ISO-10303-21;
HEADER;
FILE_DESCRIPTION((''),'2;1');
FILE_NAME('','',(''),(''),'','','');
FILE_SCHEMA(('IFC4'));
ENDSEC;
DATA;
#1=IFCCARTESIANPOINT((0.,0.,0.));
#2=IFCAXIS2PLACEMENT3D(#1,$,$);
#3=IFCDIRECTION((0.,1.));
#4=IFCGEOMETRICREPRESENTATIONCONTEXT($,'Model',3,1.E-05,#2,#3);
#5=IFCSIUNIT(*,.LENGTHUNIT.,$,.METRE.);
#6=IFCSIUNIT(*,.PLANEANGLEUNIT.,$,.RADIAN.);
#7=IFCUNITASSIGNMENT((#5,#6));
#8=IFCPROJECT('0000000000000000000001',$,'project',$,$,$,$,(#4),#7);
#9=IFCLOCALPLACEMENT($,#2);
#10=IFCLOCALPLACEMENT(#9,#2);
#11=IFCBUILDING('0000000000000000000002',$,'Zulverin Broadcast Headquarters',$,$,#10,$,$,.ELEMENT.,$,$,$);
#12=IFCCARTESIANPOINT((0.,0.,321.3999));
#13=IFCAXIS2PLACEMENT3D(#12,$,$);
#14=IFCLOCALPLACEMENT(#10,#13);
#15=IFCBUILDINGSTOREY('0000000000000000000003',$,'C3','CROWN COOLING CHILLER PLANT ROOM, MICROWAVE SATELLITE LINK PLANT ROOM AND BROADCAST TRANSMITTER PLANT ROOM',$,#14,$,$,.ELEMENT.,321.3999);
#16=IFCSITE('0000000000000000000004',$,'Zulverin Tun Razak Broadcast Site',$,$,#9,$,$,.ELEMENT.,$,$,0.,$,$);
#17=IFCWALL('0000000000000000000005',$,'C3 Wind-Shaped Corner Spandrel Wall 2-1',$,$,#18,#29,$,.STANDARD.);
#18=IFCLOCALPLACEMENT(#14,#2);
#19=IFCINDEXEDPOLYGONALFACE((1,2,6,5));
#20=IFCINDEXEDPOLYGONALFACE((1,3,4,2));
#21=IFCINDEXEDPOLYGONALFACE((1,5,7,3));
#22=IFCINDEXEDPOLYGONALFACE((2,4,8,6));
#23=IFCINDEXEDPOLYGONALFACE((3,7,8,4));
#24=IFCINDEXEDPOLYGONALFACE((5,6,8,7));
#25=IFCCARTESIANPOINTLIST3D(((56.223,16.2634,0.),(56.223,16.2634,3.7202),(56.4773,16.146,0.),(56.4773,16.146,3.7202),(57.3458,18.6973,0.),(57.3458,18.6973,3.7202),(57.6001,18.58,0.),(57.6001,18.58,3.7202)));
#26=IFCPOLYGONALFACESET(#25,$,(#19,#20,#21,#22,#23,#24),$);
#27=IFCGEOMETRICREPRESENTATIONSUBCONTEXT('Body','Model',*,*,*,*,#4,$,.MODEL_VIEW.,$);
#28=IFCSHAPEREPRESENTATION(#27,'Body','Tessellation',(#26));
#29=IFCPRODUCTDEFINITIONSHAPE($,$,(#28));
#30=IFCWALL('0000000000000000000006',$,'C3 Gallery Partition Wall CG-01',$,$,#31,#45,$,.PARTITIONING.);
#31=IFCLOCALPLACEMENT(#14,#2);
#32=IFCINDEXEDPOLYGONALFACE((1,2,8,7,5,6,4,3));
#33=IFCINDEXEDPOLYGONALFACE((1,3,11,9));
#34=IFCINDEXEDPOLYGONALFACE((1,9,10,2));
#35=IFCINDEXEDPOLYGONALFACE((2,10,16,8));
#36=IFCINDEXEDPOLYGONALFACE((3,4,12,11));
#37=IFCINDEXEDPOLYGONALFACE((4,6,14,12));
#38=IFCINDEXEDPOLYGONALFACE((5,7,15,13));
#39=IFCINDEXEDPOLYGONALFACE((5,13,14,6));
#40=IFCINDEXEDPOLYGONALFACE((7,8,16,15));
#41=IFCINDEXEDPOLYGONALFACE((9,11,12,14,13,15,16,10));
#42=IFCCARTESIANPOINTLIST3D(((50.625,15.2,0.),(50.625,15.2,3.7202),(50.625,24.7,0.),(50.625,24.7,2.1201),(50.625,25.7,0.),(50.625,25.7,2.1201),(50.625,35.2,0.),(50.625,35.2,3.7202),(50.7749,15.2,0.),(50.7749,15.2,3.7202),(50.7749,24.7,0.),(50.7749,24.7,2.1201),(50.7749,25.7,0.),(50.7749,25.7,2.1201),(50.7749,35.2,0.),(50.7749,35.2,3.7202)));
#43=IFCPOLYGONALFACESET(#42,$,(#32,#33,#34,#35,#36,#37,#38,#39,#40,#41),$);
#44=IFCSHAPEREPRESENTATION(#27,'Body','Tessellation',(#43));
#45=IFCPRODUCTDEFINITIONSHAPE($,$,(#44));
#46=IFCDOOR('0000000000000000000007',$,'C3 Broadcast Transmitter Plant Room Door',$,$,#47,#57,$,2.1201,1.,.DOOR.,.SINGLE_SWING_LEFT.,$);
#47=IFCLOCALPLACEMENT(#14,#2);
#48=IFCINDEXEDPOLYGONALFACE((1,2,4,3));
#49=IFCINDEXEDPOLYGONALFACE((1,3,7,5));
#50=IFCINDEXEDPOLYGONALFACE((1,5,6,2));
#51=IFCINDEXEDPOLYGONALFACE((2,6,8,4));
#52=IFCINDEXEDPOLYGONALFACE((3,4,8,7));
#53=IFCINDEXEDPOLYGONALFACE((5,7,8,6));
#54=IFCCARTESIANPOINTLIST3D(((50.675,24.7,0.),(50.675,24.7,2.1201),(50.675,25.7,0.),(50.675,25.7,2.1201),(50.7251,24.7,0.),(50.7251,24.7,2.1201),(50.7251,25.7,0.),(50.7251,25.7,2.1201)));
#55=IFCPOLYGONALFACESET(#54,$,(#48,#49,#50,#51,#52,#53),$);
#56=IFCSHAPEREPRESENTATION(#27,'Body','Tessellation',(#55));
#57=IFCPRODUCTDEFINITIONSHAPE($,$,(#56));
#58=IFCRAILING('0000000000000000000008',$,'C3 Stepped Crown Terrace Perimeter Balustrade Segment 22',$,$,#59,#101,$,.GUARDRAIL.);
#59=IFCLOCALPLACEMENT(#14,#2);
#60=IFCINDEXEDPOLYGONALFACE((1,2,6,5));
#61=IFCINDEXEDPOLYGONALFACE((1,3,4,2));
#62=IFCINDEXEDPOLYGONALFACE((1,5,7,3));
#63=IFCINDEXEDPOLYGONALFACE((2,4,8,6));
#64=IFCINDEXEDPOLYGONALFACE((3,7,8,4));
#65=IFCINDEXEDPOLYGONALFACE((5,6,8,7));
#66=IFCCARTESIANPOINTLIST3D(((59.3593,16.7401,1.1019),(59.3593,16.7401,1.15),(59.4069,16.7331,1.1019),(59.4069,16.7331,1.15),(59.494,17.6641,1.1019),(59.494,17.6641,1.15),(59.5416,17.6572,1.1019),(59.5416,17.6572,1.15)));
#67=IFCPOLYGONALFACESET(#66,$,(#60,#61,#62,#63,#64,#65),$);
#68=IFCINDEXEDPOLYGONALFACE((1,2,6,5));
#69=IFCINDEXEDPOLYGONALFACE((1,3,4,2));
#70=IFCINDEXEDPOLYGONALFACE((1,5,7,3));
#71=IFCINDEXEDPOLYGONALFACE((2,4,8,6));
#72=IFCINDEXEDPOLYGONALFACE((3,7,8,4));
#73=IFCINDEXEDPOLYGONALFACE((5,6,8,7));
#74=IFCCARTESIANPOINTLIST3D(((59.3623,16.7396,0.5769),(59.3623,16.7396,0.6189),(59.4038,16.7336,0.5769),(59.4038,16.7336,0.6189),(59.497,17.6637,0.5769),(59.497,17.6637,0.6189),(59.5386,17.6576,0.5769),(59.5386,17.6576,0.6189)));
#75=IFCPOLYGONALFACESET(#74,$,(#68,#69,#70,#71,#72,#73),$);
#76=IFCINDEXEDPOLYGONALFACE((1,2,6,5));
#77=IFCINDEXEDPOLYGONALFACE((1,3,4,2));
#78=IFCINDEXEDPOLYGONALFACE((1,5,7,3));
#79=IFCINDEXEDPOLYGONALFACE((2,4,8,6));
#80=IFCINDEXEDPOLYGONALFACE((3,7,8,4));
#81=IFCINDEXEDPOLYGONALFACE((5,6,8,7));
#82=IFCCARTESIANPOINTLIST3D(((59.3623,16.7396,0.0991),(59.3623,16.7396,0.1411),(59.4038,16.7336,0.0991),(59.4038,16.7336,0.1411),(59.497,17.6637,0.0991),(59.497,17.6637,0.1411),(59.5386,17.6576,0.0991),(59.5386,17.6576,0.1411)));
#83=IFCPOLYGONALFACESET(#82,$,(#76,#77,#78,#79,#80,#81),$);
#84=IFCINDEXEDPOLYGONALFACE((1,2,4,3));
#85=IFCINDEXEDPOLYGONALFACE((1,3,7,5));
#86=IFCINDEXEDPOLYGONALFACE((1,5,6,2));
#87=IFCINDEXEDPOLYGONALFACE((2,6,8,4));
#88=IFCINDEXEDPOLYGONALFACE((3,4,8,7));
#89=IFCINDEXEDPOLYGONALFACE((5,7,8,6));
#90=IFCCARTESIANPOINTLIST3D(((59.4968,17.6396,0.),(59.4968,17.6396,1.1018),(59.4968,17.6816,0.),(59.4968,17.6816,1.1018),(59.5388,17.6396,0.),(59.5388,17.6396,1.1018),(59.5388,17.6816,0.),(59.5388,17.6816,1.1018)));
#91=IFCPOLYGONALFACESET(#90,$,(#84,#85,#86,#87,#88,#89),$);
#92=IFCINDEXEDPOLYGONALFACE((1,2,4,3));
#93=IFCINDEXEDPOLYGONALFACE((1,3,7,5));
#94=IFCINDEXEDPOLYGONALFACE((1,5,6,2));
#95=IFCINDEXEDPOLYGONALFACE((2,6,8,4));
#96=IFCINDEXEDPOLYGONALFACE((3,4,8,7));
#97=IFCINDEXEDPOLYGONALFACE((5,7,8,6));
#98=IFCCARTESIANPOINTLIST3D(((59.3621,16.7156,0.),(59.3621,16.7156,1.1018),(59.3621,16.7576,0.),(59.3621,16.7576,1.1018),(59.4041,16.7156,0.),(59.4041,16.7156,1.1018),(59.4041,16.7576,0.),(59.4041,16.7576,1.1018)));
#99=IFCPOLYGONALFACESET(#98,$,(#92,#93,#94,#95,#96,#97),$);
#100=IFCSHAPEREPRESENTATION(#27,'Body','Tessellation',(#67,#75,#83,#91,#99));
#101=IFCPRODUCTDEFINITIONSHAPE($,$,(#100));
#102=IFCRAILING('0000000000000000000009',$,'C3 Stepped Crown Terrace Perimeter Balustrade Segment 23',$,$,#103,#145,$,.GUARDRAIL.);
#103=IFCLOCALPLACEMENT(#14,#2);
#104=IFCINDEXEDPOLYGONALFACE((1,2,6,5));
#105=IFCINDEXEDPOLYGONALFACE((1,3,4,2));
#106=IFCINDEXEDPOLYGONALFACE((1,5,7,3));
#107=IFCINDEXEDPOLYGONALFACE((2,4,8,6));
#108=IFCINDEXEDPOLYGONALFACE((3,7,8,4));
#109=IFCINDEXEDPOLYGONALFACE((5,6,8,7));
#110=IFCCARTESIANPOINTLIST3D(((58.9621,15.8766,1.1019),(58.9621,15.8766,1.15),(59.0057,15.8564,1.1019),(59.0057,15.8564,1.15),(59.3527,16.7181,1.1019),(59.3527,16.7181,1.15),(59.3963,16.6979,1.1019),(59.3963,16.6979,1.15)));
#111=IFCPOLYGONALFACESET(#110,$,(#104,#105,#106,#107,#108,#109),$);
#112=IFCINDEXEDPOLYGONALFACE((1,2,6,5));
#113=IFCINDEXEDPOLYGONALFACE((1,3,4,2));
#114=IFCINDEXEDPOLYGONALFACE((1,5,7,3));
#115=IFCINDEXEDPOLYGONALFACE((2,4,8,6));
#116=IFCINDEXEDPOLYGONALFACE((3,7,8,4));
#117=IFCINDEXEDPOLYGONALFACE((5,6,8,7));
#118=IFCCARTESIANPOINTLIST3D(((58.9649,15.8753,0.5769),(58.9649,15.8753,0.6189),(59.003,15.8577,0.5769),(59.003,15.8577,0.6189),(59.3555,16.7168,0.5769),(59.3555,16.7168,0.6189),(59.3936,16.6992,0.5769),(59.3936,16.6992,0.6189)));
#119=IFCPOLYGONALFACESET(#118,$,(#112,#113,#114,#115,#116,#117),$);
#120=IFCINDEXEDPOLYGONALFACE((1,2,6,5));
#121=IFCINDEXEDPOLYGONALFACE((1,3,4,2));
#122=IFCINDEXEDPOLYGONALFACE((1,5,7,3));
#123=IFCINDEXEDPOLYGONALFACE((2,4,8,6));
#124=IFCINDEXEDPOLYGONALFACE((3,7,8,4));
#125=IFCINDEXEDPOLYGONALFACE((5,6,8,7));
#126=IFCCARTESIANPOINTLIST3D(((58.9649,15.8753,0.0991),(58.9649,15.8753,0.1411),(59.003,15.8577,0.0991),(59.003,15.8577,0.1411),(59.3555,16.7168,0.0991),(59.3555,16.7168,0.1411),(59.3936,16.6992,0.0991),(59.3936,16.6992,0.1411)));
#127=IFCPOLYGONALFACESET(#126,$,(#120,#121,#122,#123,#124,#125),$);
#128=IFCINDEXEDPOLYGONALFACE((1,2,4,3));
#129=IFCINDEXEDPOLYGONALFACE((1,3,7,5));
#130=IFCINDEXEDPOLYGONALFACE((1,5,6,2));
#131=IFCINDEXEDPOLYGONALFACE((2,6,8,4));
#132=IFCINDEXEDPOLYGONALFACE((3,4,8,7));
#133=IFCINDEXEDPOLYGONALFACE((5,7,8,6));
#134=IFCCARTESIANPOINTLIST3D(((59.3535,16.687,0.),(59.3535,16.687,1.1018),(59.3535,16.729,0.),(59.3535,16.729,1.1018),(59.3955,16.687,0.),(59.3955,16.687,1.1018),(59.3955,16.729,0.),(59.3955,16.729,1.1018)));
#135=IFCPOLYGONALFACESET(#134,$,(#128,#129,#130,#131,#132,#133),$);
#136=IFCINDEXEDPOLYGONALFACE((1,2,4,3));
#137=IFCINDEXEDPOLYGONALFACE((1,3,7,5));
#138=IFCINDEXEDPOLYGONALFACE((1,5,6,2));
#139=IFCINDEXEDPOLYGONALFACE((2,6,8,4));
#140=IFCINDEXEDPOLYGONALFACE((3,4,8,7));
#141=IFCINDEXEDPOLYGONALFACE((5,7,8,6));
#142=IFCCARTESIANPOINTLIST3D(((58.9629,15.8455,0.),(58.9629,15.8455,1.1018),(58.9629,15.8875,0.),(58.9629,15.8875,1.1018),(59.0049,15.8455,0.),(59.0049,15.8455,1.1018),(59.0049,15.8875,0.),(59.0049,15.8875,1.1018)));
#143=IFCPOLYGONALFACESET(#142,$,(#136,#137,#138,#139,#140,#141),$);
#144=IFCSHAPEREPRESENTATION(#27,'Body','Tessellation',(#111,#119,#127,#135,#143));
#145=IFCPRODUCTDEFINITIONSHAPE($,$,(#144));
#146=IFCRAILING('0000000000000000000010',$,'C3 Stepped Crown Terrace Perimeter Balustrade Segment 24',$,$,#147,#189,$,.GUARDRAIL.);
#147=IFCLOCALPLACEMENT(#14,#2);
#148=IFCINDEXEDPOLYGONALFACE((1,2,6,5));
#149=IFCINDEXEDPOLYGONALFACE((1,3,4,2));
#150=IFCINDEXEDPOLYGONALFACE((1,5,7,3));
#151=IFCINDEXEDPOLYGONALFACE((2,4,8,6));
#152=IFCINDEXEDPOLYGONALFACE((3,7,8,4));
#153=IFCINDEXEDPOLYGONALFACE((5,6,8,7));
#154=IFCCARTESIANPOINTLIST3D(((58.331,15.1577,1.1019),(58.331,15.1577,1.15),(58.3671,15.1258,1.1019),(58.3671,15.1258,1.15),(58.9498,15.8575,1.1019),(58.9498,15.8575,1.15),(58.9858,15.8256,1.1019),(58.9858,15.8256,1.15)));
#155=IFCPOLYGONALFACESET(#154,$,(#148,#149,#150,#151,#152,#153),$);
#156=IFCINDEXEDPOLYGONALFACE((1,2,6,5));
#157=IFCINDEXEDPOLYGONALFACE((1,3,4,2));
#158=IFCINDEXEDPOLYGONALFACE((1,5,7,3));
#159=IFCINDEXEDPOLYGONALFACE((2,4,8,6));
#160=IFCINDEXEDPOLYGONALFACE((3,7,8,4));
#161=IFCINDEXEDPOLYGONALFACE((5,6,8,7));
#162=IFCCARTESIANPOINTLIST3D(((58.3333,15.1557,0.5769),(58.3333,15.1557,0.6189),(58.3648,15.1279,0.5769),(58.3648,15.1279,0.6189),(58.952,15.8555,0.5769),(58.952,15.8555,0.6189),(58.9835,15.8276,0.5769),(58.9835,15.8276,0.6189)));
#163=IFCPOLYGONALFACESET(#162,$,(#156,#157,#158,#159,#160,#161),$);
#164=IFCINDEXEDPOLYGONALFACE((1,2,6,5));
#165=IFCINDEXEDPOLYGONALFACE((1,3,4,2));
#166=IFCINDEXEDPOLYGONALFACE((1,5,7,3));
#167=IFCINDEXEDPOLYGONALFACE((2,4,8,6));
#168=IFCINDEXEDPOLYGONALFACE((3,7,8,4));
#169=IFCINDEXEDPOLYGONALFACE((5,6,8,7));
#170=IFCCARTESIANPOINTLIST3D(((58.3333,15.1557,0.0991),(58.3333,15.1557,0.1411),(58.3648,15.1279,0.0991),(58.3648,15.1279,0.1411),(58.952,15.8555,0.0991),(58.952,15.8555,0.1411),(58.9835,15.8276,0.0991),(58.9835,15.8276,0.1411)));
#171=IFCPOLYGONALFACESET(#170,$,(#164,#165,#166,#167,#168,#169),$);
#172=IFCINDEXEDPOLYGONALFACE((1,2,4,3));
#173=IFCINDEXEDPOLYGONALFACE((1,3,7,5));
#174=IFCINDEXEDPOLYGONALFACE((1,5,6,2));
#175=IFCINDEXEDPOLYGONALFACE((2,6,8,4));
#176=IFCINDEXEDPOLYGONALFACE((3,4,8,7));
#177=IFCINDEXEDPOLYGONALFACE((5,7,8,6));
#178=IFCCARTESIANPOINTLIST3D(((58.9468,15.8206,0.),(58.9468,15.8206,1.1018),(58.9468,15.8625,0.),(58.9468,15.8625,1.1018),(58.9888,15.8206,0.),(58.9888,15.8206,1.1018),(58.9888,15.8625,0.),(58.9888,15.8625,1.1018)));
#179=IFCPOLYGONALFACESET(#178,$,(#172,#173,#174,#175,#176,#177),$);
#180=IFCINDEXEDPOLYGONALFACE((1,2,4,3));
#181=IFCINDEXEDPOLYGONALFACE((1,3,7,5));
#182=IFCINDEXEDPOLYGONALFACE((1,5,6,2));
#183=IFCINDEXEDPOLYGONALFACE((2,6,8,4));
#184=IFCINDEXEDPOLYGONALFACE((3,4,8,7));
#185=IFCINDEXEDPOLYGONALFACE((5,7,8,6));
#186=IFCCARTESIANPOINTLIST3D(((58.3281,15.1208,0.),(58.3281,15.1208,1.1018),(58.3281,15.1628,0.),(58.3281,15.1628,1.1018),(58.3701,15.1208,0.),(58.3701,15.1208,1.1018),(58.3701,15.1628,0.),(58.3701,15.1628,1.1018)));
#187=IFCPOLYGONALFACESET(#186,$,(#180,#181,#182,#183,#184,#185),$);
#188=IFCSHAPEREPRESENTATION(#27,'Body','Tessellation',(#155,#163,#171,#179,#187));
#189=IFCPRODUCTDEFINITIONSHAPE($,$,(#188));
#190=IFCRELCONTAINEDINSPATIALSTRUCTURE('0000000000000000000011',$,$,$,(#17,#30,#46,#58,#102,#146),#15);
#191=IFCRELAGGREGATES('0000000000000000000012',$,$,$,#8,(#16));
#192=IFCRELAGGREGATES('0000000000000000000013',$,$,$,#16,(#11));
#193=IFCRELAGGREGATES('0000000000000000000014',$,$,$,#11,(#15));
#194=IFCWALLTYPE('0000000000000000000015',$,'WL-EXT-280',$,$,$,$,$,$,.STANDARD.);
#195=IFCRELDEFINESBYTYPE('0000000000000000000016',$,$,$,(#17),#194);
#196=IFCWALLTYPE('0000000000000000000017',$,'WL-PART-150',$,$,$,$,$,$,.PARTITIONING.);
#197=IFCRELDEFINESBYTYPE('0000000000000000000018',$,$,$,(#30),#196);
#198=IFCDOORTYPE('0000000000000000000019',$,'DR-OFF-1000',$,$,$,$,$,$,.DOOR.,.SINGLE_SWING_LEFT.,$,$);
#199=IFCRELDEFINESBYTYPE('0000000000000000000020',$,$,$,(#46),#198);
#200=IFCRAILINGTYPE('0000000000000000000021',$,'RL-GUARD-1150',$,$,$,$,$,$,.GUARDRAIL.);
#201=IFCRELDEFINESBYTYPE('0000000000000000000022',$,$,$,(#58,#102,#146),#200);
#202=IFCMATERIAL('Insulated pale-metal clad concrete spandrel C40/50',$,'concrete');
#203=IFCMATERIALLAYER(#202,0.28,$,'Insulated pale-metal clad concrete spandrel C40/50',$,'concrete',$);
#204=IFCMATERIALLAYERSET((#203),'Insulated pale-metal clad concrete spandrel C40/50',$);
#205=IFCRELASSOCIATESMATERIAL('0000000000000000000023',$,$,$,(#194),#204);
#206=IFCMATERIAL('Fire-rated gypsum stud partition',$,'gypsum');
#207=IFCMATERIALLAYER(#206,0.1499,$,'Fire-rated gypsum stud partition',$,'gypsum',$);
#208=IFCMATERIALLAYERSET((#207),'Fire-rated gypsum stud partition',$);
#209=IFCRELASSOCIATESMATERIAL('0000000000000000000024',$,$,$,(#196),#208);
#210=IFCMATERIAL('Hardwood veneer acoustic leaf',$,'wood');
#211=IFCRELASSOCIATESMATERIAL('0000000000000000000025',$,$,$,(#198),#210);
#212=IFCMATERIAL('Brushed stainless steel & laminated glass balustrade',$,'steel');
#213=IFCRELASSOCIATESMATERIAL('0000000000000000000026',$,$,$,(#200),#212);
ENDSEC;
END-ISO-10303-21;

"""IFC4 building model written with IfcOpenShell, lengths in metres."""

from ifc_helpers import new_model, si_unit, direction, frame, frame_2d, origin, origin_2d, place, context, subcontext, project, spatial, rectangle, extrude, material, layer, layer_set, type_object, element, fill, save


model = new_model("IFC4")

# Units and contexts
model_context = context("Model", 3, precision=1e-05, world=origin(), true_north=direction((0.0, 1.0)))
body_context = subcontext(model_context, "Body", "Model", "MODEL_VIEW")
ifc_project = project(units=[si_unit("LENGTHUNIT", "METRE"), si_unit("PLANEANGLEUNIT", "RADIAN")], contexts=[model_context])

# Site, building, storey
site_placement = place(None, origin())
site = spatial("IfcSite", under=ifc_project, at=site_placement, Name="Zulverin Tun Razak Broadcast Site", CompositionType="ELEMENT", RefElevation=0.0)
building_placement = place(site_placement, origin())
building = spatial("IfcBuilding", under=site, at=building_placement, Name="Zulverin Broadcast Headquarters", CompositionType="ELEMENT")
storey_placement = place(building_placement, frame((0.0, 0.0, 321.3999)))
storey = spatial("IfcBuildingStorey", under=building, at=storey_placement, Name="C3", Description="CROWN COOLING CHILLER PLANT ROOM, MICROWAVE SATELLITE LINK PLANT ROOM AND BROADCAST TRANSMITTER PLANT ROOM", CompositionType="ELEMENT", Elevation=321.3999)

# Shared definitions
ifc_material_1 = material(Name="Insulated pale-metal clad concrete spandrel C40/50", Category="concrete")
ifc_layer_1 = layer(ifc_material_1, 0.28, Name="Insulated pale-metal clad concrete spandrel C40/50", Category="concrete")
ifc_layer_set_1 = layer_set([ifc_layer_1], Name="Insulated pale-metal clad concrete spandrel C40/50")
wall_type_1 = type_object("IfcWallType", Name="WL-EXT-280", PredefinedType="STANDARD", material=ifc_layer_set_1)

# Wall
wall_1_placement = place(storey_placement, frame((56.3501, 16.2046, 0.0), z_axis=(0.0, 0.0, 1.0), x_axis=(0.418902, 0.908031, 0.0)))
element("IfcWall", 1, at=wall_1_placement, inside=storey, type_object=wall_type_1, Name="C3 Wind-Shaped Corner Spandrel Wall 2-1", PredefinedType="STANDARD", context=body_context, shape_type="SweptSolid", body=[
    extrude(rectangle(XDim=2.6804, YDim=0.28, at=frame_2d((1.3403, 0.0))), origin(), (0.0, 0.0, 1.0), 3.7202),
])

# Wall, opening, door
ifc_material_2 = material(Name="Fire-rated gypsum stud partition", Category="gypsum")
ifc_layer_2 = layer(ifc_material_2, 0.1499, Name="Fire-rated gypsum stud partition", Category="gypsum")
ifc_layer_set_2 = layer_set([ifc_layer_2], Name="Fire-rated gypsum stud partition")
wall_type_2 = type_object("IfcWallType", Name="WL-PART-150", PredefinedType="PARTITIONING", material=ifc_layer_set_2)
wall_2_placement = place(storey_placement, frame((50.7, 15.2, 0.0), z_axis=(0.0, 0.0, 1.0), x_axis=(0.0, 1.0, 0.0)))
wall_2 = element("IfcWall", 2, at=wall_2_placement, inside=storey, type_object=wall_type_2, Name="C3 Gallery Partition Wall CG-01", PredefinedType="PARTITIONING", context=body_context, shape_type="SweptSolid", body=[
    extrude(rectangle(XDim=20.0, YDim=0.1499, at=frame_2d((10.0, 0.0))), origin(), (0.0, 0.0, 1.0), 3.7202),
])
opening_1_placement = place(wall_2_placement, frame((9.5, 0.0, 0.0)))
opening_1 = element("IfcOpeningElement", 3, at=opening_1_placement, cuts=wall_2, PredefinedType="OPENING", context=body_context, shape_type="SweptSolid", body=[
    extrude(rectangle(XDim=1.0, YDim=2.1201, at=frame_2d((0.5, 1.0601))), frame((0.0, 0.085, 0.0), z_axis=(0.0, -1.0, 0.0), x_axis=(1.0, 0.0, 0.0)), (0.0, 0.0, 1.0), 0.1699),
])
ifc_material_3 = material(Name="Hardwood veneer acoustic leaf", Category="wood")
door_type_1 = type_object("IfcDoorType", Name="DR-OFF-1000", OperationType="SINGLE_SWING_LEFT", PredefinedType="DOOR", material=ifc_material_3)
door_1_placement = place(opening_1_placement, origin())
door_1 = element("IfcDoor", 4, at=door_1_placement, inside=storey, type_object=door_type_1, Name="C3 Broadcast Transmitter Plant Room Door", OperationType="SINGLE_SWING_LEFT", OverallHeight=2.1201, OverallWidth=1.0, PredefinedType="DOOR", context=body_context, shape_type="SweptSolid", body=[
    extrude(rectangle(XDim=1.0, YDim=2.1201, at=frame_2d((0.5, 1.0601))), frame((0.0, 0.0249, 0.0), z_axis=(0.0, -1.0, 0.0), x_axis=(1.0, 0.0, 0.0)), (0.0, 0.0, 1.0), 0.05),
])
fill(opening_1, door_1)

# Railings
ifc_material_4 = material(Name="Brushed stainless steel & laminated glass balustrade", Category="steel")
railing_type = type_object("IfcRailingType", Name="RL-GUARD-1150", PredefinedType="GUARDRAIL", material=ifc_material_4)
railing_1_placement = place(storey_placement, frame((59.5178, 17.6606, 0.0)))
element("IfcRailing", 5, at=railing_1_placement, inside=storey, type_object=railing_type, Name="C3 Stepped Crown Terrace Perimeter Balustrade Segment 22", PredefinedType="GUARDRAIL", context=body_context, shape_type="SweptSolid", body=[
    extrude(rectangle(XDim=0.0481, YDim=0.0481, at=origin_2d()), frame((0.0, 0.0, 1.126), z_axis=(-0.144312, -0.989532, 0.0), x_axis=(0.989532, -0.144312, 0.0)), (0.0, 0.0, 1.0), 0.9338),
    extrude(rectangle(XDim=0.042, YDim=0.042, at=origin_2d()), frame((0.0, 0.0, 0.5979), z_axis=(-0.144312, -0.989532, 0.0), x_axis=(0.989532, -0.144312, 0.0)), (0.0, 0.0, 1.0), 0.9338),
    extrude(rectangle(XDim=0.042, YDim=0.042, at=origin_2d()), frame((0.0, 0.0, 0.1201), z_axis=(-0.144312, -0.989532, 0.0), x_axis=(0.989532, -0.144312, 0.0)), (0.0, 0.0, 1.0), 0.9338),
    extrude(rectangle(XDim=0.042, YDim=0.042, at=origin_2d()), origin(), (0.0, 0.0, 1.0), 1.1018),
    extrude(rectangle(XDim=0.042, YDim=0.042, at=origin_2d()), frame((-0.1348, -0.9241, 0.0)), (0.0, 0.0, 1.0), 1.1018),
])
railing_2_placement = place(storey_placement, frame((59.3745, 16.708, 0.0)))
element("IfcRailing", 6, at=railing_2_placement, inside=storey, type_object=railing_type, Name="C3 Stepped Crown Terrace Perimeter Balustrade Segment 23", PredefinedType="GUARDRAIL", context=body_context, shape_type="SweptSolid", body=[
    extrude(rectangle(XDim=0.0481, YDim=0.0481, at=origin_2d()), frame((0.0, 0.0, 1.126), z_axis=(-0.421026, -0.907048, 0.0), x_axis=(0.907048, -0.421026, 0.0)), (0.0, 0.0, 1.0), 0.9277),
    extrude(rectangle(XDim=0.042, YDim=0.042, at=origin_2d()), frame((0.0, 0.0, 0.5979), z_axis=(-0.421026, -0.907048, 0.0), x_axis=(0.907048, -0.421026, 0.0)), (0.0, 0.0, 1.0), 0.9277),
    extrude(rectangle(XDim=0.042, YDim=0.042, at=origin_2d()), frame((0.0, 0.0, 0.1201), z_axis=(-0.421026, -0.907048, 0.0), x_axis=(0.907048, -0.421026, 0.0)), (0.0, 0.0, 1.0), 0.9277),
    extrude(rectangle(XDim=0.042, YDim=0.042, at=origin_2d()), origin(), (0.0, 0.0, 1.0), 1.1018),
    extrude(rectangle(XDim=0.042, YDim=0.042, at=origin_2d()), frame((-0.3906, -0.8416, 0.0)), (0.0, 0.0, 1.0), 1.1018),
])
railing_3_placement = place(storey_placement, frame((58.9678, 15.8416, 0.0)))
element("IfcRailing", 7, at=railing_3_placement, inside=storey, type_object=railing_type, Name="C3 Stepped Crown Terrace Perimeter Balustrade Segment 24", PredefinedType="GUARDRAIL", context=body_context, shape_type="SweptSolid", body=[
    extrude(rectangle(XDim=0.0481, YDim=0.0481, at=origin_2d()), frame((0.0, 0.0, 1.126), z_axis=(-0.662382, -0.749166, 0.0), x_axis=(0.749166, -0.662382, 0.0)), (0.0, 0.0, 1.0), 0.9341),
    extrude(rectangle(XDim=0.042, YDim=0.042, at=origin_2d()), frame((0.0, 0.0, 0.5979), z_axis=(-0.662382, -0.749166, 0.0), x_axis=(0.749166, -0.662382, 0.0)), (0.0, 0.0, 1.0), 0.9341),
    extrude(rectangle(XDim=0.042, YDim=0.042, at=origin_2d()), frame((0.0, 0.0, 0.1201), z_axis=(-0.662382, -0.749166, 0.0), x_axis=(0.749166, -0.662382, 0.0)), (0.0, 0.0, 1.0), 0.9341),
    extrude(rectangle(XDim=0.042, YDim=0.042, at=origin_2d()), origin(), (0.0, 0.0, 1.0), 1.1018),
    extrude(rectangle(XDim=0.042, YDim=0.042, at=origin_2d()), frame((-0.6187, -0.6997, 0.0)), (0.0, 0.0, 1.0), 1.1018),
])

save(model, "model.ifc")
